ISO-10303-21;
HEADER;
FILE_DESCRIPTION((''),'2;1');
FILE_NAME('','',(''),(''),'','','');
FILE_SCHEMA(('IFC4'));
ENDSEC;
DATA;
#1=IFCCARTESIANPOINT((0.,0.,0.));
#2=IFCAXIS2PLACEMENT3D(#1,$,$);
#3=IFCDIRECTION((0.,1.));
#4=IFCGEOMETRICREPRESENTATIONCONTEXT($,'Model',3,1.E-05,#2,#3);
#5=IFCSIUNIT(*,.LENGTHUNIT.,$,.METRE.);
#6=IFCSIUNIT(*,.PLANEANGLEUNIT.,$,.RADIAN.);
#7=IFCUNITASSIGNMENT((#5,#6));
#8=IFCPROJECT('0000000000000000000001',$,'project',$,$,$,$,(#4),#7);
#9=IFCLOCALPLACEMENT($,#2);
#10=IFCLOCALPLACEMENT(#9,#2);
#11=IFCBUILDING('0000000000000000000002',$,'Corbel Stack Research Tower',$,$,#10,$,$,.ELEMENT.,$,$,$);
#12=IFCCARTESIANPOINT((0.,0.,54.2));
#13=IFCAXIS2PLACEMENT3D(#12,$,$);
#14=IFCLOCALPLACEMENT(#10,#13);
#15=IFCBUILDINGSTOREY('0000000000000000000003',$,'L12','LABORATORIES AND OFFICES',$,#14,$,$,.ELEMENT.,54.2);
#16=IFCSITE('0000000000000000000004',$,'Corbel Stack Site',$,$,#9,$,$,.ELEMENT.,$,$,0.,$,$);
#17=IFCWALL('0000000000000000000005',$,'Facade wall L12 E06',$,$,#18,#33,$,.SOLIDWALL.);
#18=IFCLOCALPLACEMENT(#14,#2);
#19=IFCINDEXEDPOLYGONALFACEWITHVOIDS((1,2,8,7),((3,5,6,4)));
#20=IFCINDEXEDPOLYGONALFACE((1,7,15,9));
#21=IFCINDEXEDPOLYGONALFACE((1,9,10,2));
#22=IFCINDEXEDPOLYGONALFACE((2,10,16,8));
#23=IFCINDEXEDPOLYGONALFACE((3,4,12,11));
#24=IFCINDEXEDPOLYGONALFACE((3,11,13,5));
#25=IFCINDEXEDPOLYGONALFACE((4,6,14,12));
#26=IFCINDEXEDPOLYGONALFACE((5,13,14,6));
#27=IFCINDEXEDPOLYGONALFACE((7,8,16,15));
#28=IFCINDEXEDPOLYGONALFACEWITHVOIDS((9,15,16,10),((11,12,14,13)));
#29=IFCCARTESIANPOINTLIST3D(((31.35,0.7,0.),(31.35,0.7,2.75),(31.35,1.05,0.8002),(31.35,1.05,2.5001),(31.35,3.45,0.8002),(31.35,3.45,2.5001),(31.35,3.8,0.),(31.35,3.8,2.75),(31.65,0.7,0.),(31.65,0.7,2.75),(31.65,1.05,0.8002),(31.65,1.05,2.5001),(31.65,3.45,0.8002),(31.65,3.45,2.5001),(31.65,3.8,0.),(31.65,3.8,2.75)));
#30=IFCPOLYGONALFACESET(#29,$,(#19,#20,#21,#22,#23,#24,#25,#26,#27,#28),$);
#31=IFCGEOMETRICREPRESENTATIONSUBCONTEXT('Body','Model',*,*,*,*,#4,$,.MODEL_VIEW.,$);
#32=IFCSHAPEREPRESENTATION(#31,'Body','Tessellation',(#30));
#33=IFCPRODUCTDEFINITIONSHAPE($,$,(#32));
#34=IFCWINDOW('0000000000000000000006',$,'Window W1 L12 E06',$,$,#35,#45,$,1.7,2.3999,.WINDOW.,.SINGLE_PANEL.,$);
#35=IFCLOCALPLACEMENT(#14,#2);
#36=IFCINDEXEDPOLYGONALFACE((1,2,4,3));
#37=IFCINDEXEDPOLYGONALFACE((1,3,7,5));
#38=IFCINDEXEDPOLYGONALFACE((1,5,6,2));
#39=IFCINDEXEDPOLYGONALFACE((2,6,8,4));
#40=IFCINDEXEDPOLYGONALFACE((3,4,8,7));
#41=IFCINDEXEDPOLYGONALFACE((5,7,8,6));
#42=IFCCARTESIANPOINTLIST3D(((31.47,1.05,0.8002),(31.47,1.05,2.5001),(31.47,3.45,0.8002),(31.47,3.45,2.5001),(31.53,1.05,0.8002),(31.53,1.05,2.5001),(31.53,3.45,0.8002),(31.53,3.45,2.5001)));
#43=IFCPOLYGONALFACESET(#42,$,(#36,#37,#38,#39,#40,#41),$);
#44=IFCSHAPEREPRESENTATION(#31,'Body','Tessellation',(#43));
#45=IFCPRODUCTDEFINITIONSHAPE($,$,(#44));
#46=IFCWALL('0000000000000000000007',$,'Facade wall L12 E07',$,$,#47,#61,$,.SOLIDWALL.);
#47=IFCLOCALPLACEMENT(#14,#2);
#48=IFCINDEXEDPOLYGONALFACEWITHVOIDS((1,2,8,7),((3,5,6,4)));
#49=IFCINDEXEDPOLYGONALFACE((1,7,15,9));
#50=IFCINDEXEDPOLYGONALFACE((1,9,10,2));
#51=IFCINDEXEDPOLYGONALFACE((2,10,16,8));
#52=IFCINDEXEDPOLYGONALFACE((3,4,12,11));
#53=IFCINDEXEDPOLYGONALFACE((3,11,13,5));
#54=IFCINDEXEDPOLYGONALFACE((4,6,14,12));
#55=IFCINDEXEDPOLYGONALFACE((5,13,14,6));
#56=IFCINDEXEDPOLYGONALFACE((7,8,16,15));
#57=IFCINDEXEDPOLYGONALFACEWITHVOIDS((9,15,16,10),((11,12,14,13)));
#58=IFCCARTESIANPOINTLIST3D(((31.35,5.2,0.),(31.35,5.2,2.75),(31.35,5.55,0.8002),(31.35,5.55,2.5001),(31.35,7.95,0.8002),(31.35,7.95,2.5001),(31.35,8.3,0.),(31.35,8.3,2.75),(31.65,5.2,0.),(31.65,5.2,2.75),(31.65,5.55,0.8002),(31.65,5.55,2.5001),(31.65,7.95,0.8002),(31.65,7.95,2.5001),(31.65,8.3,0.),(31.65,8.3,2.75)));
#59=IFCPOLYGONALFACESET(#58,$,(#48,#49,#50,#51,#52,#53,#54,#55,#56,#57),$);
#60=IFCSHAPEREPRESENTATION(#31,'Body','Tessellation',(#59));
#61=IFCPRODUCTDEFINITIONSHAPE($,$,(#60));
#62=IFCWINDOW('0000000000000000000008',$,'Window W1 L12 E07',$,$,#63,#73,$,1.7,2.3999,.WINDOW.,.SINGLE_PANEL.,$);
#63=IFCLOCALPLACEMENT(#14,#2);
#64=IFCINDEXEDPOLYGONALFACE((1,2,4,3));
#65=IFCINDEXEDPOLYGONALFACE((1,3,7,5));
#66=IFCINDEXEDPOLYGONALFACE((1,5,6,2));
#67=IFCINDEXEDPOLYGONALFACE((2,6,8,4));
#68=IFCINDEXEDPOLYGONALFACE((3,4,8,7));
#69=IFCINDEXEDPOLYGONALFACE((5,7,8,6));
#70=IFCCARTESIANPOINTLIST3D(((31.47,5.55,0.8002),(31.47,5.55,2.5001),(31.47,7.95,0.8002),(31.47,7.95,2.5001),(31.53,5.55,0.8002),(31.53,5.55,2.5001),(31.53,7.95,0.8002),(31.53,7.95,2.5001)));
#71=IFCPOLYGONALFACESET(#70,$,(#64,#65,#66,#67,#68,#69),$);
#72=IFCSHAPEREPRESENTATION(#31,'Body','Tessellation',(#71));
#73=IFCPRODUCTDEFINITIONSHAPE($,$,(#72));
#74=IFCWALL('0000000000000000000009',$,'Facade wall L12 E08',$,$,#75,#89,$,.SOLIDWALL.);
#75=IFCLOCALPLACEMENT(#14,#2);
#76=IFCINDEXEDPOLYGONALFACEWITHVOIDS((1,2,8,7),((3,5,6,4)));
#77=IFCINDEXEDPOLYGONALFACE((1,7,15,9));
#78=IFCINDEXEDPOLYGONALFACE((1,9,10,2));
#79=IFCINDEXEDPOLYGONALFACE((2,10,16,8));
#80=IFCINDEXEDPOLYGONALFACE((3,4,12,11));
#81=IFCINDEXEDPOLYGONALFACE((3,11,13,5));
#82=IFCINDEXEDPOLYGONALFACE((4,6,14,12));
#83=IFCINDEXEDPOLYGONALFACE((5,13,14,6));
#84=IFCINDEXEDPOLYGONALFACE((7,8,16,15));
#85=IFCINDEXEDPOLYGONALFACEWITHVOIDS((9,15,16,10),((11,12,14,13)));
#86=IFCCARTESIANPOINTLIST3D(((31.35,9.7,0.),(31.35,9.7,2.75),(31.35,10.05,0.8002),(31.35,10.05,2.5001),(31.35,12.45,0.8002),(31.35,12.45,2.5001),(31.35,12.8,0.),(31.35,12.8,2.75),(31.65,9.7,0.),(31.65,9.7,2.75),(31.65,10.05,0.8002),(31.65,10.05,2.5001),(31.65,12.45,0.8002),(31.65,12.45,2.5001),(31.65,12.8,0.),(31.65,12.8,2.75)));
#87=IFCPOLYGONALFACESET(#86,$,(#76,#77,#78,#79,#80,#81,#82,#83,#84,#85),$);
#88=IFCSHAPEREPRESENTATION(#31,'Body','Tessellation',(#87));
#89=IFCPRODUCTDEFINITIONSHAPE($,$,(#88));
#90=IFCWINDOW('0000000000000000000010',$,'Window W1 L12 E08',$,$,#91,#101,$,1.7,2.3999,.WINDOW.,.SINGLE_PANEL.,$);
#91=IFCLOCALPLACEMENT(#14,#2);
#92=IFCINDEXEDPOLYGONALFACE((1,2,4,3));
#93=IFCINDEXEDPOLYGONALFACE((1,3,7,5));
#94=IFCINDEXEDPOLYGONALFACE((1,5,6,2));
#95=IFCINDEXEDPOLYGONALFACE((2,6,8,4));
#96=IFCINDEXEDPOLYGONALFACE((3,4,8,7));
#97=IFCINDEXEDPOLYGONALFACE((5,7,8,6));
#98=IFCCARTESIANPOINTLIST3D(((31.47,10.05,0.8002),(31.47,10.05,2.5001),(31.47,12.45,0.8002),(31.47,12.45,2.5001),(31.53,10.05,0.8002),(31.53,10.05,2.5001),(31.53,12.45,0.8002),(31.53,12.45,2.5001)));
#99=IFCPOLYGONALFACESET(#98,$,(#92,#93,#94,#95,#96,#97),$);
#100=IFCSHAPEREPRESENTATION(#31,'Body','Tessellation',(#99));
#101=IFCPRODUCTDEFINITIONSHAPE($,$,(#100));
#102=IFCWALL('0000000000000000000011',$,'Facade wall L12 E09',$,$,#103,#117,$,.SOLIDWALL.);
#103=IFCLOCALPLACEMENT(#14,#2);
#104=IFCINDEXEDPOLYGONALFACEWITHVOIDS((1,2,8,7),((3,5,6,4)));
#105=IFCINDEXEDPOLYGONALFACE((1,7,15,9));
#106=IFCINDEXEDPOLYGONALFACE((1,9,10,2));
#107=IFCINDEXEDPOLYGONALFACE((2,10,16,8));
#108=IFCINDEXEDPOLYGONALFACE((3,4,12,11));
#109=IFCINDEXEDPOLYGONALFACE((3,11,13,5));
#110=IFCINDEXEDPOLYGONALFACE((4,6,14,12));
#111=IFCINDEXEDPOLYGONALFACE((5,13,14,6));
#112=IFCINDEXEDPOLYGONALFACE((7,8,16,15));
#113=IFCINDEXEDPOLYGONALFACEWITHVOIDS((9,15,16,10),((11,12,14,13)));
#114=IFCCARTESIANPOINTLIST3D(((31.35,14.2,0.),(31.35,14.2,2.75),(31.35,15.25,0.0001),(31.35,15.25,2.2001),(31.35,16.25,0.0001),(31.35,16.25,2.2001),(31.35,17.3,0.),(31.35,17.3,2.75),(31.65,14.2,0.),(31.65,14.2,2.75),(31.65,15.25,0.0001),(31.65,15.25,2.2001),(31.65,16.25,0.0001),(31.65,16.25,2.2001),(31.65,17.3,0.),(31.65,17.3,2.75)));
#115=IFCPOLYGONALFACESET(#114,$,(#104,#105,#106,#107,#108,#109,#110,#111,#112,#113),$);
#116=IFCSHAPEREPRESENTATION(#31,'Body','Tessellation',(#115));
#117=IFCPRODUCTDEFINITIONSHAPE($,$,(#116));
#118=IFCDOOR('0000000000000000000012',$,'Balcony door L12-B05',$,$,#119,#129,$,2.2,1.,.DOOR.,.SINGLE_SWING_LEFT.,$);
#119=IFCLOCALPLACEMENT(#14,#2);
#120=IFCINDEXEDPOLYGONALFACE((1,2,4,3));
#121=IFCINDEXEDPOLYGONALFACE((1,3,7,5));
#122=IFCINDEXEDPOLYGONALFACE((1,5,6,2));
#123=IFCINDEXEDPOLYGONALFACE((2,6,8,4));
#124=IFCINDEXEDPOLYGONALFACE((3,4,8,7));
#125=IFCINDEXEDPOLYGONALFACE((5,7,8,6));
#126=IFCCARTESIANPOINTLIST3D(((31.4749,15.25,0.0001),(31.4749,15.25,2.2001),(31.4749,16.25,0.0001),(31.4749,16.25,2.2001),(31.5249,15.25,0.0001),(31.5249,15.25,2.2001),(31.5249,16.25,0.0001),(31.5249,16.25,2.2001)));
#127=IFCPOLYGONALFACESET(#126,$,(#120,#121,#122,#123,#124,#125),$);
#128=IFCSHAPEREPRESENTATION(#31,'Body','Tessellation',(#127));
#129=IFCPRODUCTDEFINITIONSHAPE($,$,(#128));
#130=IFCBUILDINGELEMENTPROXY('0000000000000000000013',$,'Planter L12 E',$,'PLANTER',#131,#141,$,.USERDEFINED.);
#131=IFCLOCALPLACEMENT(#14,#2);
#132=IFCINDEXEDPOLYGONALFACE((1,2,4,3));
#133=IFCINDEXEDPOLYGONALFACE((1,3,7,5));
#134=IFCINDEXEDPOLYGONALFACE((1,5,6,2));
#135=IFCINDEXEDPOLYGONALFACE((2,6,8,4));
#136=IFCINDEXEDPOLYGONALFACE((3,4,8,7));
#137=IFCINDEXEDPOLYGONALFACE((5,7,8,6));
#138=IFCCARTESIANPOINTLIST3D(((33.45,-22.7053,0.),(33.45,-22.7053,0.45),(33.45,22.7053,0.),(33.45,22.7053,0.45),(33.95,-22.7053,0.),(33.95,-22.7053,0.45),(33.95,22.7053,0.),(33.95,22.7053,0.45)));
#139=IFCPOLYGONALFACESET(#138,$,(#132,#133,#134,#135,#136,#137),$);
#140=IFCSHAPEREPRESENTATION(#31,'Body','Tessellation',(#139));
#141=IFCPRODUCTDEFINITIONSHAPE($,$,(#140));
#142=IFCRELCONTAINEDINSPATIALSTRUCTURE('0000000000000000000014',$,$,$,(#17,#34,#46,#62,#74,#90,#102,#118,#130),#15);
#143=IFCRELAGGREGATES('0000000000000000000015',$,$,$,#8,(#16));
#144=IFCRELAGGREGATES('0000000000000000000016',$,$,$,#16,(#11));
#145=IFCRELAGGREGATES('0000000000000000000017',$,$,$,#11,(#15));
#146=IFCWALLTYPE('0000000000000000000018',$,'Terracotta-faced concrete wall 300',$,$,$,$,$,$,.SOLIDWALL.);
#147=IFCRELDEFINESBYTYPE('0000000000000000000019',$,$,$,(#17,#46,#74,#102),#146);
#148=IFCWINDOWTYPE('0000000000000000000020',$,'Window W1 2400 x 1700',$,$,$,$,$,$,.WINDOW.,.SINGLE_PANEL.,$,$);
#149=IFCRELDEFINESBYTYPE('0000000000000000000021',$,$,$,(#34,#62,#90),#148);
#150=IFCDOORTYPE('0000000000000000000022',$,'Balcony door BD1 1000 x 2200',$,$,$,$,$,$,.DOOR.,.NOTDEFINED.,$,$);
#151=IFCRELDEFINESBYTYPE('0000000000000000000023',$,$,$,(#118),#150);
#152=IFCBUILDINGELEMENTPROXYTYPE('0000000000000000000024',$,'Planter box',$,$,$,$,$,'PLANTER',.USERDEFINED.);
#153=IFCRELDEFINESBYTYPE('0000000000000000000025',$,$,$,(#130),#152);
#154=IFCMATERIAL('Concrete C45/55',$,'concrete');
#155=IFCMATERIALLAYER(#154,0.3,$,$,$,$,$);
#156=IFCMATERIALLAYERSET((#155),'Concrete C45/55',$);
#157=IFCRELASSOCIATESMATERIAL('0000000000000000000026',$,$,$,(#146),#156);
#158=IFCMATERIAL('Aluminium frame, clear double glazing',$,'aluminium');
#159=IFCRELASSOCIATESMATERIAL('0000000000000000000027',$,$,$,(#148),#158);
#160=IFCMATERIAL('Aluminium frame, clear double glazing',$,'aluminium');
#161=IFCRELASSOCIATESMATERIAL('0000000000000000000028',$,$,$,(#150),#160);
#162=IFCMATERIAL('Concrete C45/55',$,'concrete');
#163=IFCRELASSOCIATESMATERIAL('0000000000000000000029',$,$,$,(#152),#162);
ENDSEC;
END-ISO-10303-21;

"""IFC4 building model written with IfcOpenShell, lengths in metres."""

from ifc_helpers import new_model, si_unit, direction, frame, frame_2d, origin, origin_2d, place, context, subcontext, project, spatial, rectangle, extrude, material, layer, layer_set, type_object, element, fill, save


model = new_model("IFC4")

# Units and contexts
model_context = context("Model", 3, precision=1e-05, world=origin(), true_north=direction((0.0, 1.0)))
body_context = subcontext(model_context, "Body", "Model", "MODEL_VIEW")
ifc_project = project(units=[si_unit("LENGTHUNIT", "METRE"), si_unit("PLANEANGLEUNIT", "RADIAN")], contexts=[model_context])

# Site, building, storey
site_placement = place(None, origin())
site = spatial("IfcSite", under=ifc_project, at=site_placement, Name="Corbel Stack Site", CompositionType="ELEMENT", RefElevation=0.0)
building_placement = place(site_placement, origin())
building = spatial("IfcBuilding", under=site, at=building_placement, Name="Corbel Stack Research Tower", CompositionType="ELEMENT")
storey_placement = place(building_placement, frame((0.0, 0.0, 54.2)))
storey = spatial("IfcBuildingStorey", under=building, at=storey_placement, Name="L12", Description="LABORATORIES AND OFFICES", CompositionType="ELEMENT", Elevation=54.2)

# Walls, openings, windows
ifc_material_1 = material(Name="Concrete C45/55", Category="concrete")
ifc_layer_1 = layer(ifc_material_1, 0.3)
ifc_layer_set_1 = layer_set([ifc_layer_1], Name="Concrete C45/55")
wall_type_1 = type_object("IfcWallType", Name="Terracotta-faced concrete wall 300", PredefinedType="SOLIDWALL", material=ifc_layer_set_1)
wall_1_placement = place(storey_placement, frame((31.5, 3.8, 0.0), z_axis=(0.0, 0.0, 1.0), x_axis=(0.0, -1.0, 0.0)))
wall_1 = element("IfcWall", 1, at=wall_1_placement, inside=storey, type_object=wall_type_1, Name="Facade wall L12 E06", PredefinedType="SOLIDWALL", context=body_context, shape_type="SweptSolid", body=[
    extrude(rectangle(XDim=3.1001, YDim=0.3, at=frame_2d((1.55, 0.0))), origin(), (0.0, 0.0, 1.0), 2.75),
])
opening_1_placement = place(wall_1_placement, frame((0.3501, 0.0, 0.8)))
opening_1 = element("IfcOpeningElement", 2, at=opening_1_placement, cuts=wall_1, PredefinedType="OPENING", context=body_context, shape_type="SweptSolid", body=[
    extrude(rectangle(XDim=2.3999, YDim=1.7, at=frame_2d((1.2, 0.8501))), frame((0.0, 0.1599, 0.0), z_axis=(0.0, -1.0, 0.0), x_axis=(1.0, 0.0, 0.0)), (0.0, 0.0, 1.0), 0.3201),
])
ifc_material_2 = material(Name="Aluminium frame, clear double glazing", Category="aluminium")
window_type = type_object("IfcWindowType", Name="Window W1 2400 x 1700", PartitioningType="SINGLE_PANEL", PredefinedType="WINDOW", material=ifc_material_2)
window_1_placement = place(opening_1_placement, origin())
window_1 = element("IfcWindow", 3, at=window_1_placement, inside=storey, type_object=window_type, Name="Window W1 L12 E06", OverallHeight=1.7, OverallWidth=2.3999, PartitioningType="SINGLE_PANEL", PredefinedType="WINDOW", context=body_context, shape_type="SweptSolid", body=[
    extrude(rectangle(XDim=2.3999, YDim=1.7, at=frame_2d((1.2, 0.8501))), frame((0.0, 0.03, 0.0), z_axis=(0.0, -1.0, 0.0), x_axis=(1.0, 0.0, 0.0)), (0.0, 0.0, 1.0), 0.0601),
])
fill(opening_1, window_1)
wall_2_placement = place(storey_placement, frame((31.5, 8.3, 0.0), z_axis=(0.0, 0.0, 1.0), x_axis=(0.0, -1.0, 0.0)))
wall_2 = element("IfcWall", 4, at=wall_2_placement, inside=storey, type_object=wall_type_1, Name="Facade wall L12 E07", PredefinedType="SOLIDWALL", context=body_context, shape_type="SweptSolid", body=[
    extrude(rectangle(XDim=3.1001, YDim=0.3, at=frame_2d((1.55, 0.0))), origin(), (0.0, 0.0, 1.0), 2.75),
])
opening_2_placement = place(wall_2_placement, frame((0.3501, 0.0, 0.8)))
opening_2 = element("IfcOpeningElement", 5, at=opening_2_placement, cuts=wall_2, PredefinedType="OPENING", context=body_context, shape_type="SweptSolid", body=[
    extrude(rectangle(XDim=2.3999, YDim=1.7, at=frame_2d((1.2, 0.8501))), frame((0.0, 0.1599, 0.0), z_axis=(0.0, -1.0, 0.0), x_axis=(1.0, 0.0, 0.0)), (0.0, 0.0, 1.0), 0.3201),
])
window_2_placement = place(opening_2_placement, origin())
window_2 = element("IfcWindow", 6, at=window_2_placement, inside=storey, type_object=window_type, Name="Window W1 L12 E07", OverallHeight=1.7, OverallWidth=2.3999, PartitioningType="SINGLE_PANEL", PredefinedType="WINDOW", context=body_context, shape_type="SweptSolid", body=[
    extrude(rectangle(XDim=2.3999, YDim=1.7, at=frame_2d((1.2, 0.8501))), frame((0.0, 0.03, 0.0), z_axis=(0.0, -1.0, 0.0), x_axis=(1.0, 0.0, 0.0)), (0.0, 0.0, 1.0), 0.0601),
])
fill(opening_2, window_2)
wall_3_placement = place(storey_placement, frame((31.5, 12.8, 0.0), z_axis=(0.0, 0.0, 1.0), x_axis=(0.0, -1.0, 0.0)))
wall_3 = element("IfcWall", 7, at=wall_3_placement, inside=storey, type_object=wall_type_1, Name="Facade wall L12 E08", PredefinedType="SOLIDWALL", context=body_context, shape_type="SweptSolid", body=[
    extrude(rectangle(XDim=3.1001, YDim=0.3, at=frame_2d((1.55, 0.0))), origin(), (0.0, 0.0, 1.0), 2.75),
])
opening_3_placement = place(wall_3_placement, frame((0.3501, 0.0, 0.8)))
opening_3 = element("IfcOpeningElement", 8, at=opening_3_placement, cuts=wall_3, PredefinedType="OPENING", context=body_context, shape_type="SweptSolid", body=[
    extrude(rectangle(XDim=2.3999, YDim=1.7, at=frame_2d((1.2, 0.8501))), frame((0.0, 0.1599, 0.0), z_axis=(0.0, -1.0, 0.0), x_axis=(1.0, 0.0, 0.0)), (0.0, 0.0, 1.0), 0.3201),
])
window_3_placement = place(opening_3_placement, origin())
window_3 = element("IfcWindow", 9, at=window_3_placement, inside=storey, type_object=window_type, Name="Window W1 L12 E08", OverallHeight=1.7, OverallWidth=2.3999, PartitioningType="SINGLE_PANEL", PredefinedType="WINDOW", context=body_context, shape_type="SweptSolid", body=[
    extrude(rectangle(XDim=2.3999, YDim=1.7, at=frame_2d((1.2, 0.8501))), frame((0.0, 0.03, 0.0), z_axis=(0.0, -1.0, 0.0), x_axis=(1.0, 0.0, 0.0)), (0.0, 0.0, 1.0), 0.0601),
])
fill(opening_3, window_3)

# Wall, opening, door
wall_4_placement = place(storey_placement, frame((31.5, 17.3, 0.0), z_axis=(0.0, 0.0, 1.0), x_axis=(0.0, -1.0, 0.0)))
wall_4 = element("IfcWall", 10, at=wall_4_placement, inside=storey, type_object=wall_type_1, Name="Facade wall L12 E09", PredefinedType="SOLIDWALL", context=body_context, shape_type="SweptSolid", body=[
    extrude(rectangle(XDim=3.1001, YDim=0.3, at=frame_2d((1.55, 0.0))), origin(), (0.0, 0.0, 1.0), 2.75),
])
opening_4_placement = place(wall_4_placement, frame((1.05, 0.0, 0.0)))
opening_4 = element("IfcOpeningElement", 11, at=opening_4_placement, cuts=wall_4, PredefinedType="OPENING", context=body_context, shape_type="SweptSolid", body=[
    extrude(rectangle(XDim=1.0, YDim=2.2, at=frame_2d((0.5, 1.1001))), frame((0.0, 0.1599, 0.0), z_axis=(0.0, -1.0, 0.0), x_axis=(1.0, 0.0, 0.0)), (0.0, 0.0, 1.0), 0.3201),
])
ifc_material_3 = material(Name="Aluminium frame, clear double glazing", Category="aluminium")
door_type = type_object("IfcDoorType", Name="Balcony door BD1 1000 x 2200", OperationType="NOTDEFINED", PredefinedType="DOOR", material=ifc_material_3)
door_placement = place(opening_4_placement, origin())
door = element("IfcDoor", 12, at=door_placement, inside=storey, type_object=door_type, Name="Balcony door L12-B05", OperationType="SINGLE_SWING_LEFT", OverallHeight=2.2, OverallWidth=1.0, PredefinedType="DOOR", context=body_context, shape_type="SweptSolid", body=[
    extrude(rectangle(XDim=1.0, YDim=2.2, at=frame_2d((0.5, 1.1001))), frame((0.0, 0.0249, 0.0), z_axis=(0.0, -1.0, 0.0), x_axis=(1.0, 0.0, 0.0)), (0.0, 0.0, 1.0), 0.05),
])
fill(opening_4, door)

# Building element proxy
ifc_material_4 = material(Name="Concrete C45/55", Category="concrete")
building_element_proxy_type = type_object("IfcBuildingElementProxyType", Name="Planter box", ElementType="PLANTER", PredefinedType="USERDEFINED", material=ifc_material_4)
proxy_placement = place(storey_placement, frame((33.7, 0.0, 0.0), z_axis=(0.0, 0.0, 1.0), x_axis=(0.0, 1.0, 0.0)))
element("IfcBuildingElementProxy", 13, at=proxy_placement, inside=storey, type_object=building_element_proxy_type, Name="Planter L12 E", ObjectType="PLANTER", PredefinedType="USERDEFINED", context=body_context, shape_type="SweptSolid", body=[
    extrude(rectangle(XDim=45.4106, YDim=0.5, at=origin_2d()), origin(), (0.0, 0.0, 1.0), 0.45),
])

save(model, "model.ifc")
